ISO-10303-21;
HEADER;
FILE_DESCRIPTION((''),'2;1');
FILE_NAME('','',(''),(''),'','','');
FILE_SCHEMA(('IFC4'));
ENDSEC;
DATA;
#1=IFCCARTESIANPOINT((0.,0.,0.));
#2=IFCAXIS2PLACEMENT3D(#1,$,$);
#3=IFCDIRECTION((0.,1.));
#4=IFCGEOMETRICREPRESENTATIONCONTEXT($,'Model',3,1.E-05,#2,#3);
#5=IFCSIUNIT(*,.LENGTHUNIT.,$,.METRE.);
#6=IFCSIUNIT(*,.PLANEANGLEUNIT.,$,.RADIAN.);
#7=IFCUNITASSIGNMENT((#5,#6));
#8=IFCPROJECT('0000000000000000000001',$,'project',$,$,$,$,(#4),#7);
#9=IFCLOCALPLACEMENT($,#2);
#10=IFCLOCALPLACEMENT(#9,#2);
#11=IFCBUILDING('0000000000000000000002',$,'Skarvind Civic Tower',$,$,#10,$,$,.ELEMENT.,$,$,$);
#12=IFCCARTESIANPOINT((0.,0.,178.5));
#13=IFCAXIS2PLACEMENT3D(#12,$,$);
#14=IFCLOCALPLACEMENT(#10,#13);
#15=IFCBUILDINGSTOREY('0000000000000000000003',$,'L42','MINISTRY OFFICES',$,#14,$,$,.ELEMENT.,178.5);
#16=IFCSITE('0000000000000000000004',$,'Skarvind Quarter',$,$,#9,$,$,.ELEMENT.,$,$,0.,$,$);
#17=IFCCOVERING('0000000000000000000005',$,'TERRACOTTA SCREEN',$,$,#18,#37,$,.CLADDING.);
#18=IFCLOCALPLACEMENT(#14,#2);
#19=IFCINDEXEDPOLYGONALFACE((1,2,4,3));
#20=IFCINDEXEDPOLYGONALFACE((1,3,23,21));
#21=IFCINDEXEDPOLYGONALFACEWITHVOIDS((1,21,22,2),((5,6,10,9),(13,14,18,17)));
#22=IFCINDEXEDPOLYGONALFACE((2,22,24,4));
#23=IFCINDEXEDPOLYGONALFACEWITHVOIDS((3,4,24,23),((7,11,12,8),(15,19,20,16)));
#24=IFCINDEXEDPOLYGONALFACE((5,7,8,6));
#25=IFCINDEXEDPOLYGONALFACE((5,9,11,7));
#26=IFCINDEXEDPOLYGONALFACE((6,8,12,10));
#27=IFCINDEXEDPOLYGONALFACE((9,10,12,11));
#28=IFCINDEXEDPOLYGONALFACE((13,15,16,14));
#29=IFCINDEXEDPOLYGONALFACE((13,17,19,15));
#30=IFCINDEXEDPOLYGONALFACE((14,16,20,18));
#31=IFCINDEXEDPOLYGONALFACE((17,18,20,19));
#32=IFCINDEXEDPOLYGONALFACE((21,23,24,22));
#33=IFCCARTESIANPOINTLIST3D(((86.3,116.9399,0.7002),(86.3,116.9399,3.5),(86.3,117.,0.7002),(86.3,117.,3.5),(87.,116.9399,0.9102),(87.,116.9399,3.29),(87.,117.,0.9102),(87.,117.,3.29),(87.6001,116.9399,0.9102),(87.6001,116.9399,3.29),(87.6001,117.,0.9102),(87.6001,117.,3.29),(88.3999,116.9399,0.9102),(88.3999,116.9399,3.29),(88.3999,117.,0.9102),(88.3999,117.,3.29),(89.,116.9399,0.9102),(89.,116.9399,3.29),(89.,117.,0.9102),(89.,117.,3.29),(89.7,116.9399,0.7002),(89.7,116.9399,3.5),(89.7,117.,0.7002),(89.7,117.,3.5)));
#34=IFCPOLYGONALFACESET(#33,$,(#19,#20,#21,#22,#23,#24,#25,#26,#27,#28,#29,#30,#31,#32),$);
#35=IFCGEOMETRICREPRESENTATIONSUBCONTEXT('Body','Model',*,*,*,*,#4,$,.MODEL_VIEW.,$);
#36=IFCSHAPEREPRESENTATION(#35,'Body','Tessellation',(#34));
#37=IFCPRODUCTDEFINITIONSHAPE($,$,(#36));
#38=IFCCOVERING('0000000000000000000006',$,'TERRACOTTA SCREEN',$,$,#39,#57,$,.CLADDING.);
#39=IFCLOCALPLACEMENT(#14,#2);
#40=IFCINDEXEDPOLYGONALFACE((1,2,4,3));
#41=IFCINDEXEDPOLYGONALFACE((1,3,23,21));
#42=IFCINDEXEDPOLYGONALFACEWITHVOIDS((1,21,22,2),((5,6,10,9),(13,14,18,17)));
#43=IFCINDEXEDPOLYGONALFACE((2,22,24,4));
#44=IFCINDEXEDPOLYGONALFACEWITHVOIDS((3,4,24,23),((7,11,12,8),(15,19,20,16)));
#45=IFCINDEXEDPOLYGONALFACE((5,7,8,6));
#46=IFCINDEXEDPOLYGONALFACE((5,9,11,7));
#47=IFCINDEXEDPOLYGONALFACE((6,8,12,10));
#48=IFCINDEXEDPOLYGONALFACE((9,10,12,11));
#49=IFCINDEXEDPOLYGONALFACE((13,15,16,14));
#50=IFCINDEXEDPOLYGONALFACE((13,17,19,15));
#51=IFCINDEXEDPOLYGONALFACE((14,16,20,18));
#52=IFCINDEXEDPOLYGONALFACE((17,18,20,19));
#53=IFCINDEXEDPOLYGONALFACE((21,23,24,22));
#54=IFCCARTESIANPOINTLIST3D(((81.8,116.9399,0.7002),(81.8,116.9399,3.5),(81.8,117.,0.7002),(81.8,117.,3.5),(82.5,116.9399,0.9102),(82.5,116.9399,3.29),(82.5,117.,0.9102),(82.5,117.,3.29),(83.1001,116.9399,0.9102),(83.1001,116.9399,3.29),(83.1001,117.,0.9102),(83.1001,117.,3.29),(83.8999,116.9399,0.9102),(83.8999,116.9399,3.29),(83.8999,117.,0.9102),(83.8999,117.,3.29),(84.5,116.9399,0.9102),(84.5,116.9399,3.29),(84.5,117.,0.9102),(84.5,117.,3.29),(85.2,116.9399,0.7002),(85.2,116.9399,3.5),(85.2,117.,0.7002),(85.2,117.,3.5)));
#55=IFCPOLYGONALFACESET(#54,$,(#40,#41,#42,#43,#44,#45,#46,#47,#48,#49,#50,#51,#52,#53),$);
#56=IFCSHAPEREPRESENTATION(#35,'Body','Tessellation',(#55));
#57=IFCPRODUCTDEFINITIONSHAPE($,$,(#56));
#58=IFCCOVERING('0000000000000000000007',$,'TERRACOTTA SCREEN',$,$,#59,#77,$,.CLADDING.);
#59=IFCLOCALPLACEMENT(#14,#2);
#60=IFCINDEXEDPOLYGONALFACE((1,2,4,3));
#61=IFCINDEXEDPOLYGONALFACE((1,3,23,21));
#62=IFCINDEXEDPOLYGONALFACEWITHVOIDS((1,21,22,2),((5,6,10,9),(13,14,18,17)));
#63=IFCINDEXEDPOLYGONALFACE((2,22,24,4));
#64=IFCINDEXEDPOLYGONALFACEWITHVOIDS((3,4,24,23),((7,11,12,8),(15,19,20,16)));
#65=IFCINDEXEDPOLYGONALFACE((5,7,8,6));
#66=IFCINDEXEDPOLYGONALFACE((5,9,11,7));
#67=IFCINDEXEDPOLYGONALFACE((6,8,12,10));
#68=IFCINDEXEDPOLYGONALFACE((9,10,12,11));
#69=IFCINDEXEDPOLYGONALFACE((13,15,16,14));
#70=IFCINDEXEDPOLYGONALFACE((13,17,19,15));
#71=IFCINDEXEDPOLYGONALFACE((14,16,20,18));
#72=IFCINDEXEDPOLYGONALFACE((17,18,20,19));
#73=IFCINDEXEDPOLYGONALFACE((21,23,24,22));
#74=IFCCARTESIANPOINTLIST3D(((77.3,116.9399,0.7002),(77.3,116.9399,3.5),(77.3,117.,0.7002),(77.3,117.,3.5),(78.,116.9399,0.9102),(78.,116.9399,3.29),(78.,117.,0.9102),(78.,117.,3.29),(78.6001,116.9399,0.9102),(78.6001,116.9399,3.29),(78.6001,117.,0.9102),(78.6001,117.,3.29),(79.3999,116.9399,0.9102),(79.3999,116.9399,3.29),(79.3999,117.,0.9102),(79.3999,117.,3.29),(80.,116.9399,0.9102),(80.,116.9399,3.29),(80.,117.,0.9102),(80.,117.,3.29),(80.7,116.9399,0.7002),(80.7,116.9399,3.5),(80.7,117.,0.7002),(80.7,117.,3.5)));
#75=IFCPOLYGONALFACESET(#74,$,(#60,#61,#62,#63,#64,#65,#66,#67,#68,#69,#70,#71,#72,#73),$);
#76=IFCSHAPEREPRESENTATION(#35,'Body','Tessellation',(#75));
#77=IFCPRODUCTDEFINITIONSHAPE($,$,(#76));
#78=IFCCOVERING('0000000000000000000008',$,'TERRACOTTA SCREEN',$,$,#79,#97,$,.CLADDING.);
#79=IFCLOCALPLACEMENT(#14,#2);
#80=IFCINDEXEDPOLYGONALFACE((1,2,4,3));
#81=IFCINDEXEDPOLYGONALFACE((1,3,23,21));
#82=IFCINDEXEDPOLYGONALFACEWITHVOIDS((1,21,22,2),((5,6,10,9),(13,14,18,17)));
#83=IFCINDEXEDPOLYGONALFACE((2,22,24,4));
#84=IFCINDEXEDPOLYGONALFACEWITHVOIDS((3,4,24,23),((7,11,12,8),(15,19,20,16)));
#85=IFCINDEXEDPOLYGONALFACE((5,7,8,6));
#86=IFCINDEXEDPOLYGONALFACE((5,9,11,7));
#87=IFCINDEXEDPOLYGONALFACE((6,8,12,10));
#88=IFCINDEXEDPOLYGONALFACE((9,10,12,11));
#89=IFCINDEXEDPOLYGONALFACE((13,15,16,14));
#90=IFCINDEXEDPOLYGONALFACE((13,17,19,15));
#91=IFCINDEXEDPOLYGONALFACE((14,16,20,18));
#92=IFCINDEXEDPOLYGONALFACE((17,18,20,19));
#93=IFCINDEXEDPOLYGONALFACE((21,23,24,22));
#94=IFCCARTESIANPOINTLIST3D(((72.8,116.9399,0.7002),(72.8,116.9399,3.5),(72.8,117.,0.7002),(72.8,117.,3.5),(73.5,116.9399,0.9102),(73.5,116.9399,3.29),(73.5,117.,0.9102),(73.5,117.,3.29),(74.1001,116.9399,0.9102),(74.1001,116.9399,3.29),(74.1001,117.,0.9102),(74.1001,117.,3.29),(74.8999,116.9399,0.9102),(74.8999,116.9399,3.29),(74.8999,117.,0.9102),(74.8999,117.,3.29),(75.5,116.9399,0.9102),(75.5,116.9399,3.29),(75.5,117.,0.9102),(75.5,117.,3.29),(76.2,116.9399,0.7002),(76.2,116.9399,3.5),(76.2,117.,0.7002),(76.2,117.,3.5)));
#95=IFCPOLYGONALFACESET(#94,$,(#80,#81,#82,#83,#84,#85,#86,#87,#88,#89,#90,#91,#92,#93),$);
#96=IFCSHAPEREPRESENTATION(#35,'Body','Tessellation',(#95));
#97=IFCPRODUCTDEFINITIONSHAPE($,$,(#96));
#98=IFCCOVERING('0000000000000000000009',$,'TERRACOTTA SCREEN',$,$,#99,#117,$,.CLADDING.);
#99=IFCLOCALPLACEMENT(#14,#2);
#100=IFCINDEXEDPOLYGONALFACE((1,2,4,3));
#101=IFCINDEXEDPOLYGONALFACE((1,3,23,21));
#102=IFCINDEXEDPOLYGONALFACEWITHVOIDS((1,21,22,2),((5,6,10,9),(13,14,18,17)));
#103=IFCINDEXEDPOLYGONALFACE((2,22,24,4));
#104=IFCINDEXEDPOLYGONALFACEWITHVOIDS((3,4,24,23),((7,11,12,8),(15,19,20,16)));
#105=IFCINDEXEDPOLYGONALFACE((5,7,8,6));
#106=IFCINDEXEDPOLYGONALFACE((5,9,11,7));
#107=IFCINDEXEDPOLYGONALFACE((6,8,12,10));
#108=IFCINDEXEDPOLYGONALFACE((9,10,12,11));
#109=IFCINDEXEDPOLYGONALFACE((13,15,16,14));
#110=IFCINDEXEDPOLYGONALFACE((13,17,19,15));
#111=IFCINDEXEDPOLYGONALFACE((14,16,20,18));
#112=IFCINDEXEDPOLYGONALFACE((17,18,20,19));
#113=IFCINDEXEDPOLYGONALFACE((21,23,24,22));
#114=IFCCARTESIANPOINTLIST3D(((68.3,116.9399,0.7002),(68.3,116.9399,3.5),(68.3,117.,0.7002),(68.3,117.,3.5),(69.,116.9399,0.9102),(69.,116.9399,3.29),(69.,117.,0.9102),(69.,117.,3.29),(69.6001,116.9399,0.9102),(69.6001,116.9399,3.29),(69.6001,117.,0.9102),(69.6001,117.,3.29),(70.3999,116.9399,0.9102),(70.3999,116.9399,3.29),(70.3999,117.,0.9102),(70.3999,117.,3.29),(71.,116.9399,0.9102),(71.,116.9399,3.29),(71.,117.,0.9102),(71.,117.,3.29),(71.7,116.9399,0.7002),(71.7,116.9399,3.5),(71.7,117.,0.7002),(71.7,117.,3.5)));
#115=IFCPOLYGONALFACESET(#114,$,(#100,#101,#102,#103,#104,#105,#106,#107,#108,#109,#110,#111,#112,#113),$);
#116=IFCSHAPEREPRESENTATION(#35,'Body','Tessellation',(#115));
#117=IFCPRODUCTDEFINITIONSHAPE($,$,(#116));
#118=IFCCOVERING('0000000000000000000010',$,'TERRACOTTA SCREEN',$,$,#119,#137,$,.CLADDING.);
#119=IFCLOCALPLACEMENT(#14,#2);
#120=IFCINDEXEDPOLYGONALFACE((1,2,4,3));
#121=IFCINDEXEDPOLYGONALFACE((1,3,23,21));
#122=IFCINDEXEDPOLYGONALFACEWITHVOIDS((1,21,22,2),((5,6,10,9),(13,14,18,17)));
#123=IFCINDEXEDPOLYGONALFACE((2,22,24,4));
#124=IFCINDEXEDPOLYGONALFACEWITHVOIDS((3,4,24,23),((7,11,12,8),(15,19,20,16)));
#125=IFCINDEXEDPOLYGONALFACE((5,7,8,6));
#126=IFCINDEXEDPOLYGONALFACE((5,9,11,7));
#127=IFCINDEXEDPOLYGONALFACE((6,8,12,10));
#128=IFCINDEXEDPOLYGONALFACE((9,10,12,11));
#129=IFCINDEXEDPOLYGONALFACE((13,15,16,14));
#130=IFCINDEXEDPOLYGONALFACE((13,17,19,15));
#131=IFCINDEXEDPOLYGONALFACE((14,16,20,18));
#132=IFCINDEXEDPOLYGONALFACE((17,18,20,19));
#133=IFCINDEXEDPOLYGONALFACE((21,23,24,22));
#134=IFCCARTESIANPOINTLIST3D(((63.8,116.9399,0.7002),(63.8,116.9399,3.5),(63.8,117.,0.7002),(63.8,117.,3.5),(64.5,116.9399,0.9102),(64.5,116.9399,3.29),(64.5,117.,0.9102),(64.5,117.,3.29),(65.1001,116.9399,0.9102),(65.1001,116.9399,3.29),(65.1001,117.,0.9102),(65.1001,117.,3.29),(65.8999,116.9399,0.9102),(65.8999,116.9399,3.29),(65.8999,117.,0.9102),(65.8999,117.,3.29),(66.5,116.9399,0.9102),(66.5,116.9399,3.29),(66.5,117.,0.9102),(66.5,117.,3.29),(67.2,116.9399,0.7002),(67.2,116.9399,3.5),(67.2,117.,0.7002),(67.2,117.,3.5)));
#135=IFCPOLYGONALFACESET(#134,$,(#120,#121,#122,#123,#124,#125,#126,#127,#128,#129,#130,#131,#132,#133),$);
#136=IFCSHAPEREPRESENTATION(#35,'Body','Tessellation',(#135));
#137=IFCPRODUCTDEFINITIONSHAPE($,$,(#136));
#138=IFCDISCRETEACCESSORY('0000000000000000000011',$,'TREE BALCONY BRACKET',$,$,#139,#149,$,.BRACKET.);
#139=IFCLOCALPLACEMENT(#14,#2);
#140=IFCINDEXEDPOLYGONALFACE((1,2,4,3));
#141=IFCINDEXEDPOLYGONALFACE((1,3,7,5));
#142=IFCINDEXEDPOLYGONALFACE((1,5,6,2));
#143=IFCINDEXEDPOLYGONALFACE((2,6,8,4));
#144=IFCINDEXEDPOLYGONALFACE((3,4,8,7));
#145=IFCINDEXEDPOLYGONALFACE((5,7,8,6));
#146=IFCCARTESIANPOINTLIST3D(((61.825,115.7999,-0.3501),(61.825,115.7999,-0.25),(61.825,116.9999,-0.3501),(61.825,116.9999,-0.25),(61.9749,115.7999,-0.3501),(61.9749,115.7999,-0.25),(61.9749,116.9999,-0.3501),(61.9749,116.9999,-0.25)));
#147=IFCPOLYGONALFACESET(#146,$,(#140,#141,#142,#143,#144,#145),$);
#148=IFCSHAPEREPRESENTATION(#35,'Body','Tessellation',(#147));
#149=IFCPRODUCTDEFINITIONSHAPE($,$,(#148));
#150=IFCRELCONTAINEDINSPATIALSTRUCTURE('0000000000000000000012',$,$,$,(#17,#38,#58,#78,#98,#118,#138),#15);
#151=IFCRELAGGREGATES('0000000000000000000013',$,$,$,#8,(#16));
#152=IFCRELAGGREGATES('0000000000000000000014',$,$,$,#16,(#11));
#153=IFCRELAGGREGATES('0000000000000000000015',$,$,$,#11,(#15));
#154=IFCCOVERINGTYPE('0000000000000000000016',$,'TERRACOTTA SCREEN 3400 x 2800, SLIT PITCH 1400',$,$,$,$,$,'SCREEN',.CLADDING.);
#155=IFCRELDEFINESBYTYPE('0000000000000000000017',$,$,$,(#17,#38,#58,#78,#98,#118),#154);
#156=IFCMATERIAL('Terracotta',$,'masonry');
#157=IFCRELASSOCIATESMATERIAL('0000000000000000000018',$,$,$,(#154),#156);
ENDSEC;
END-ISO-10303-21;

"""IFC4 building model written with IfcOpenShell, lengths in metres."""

from ifc_helpers import new_model, si_unit, direction, frame, origin, origin_2d, place, context, subcontext, project, spatial, polyline, rectangle, outline, extrude, material, material_profile, profile_set, type_object, element, save


model = new_model("IFC4")

# Units and contexts
model_context = context("Model", 3, precision=1e-05, world=origin(), true_north=direction((0.0, 1.0)))
body_context = subcontext(model_context, "Body", "Model", "MODEL_VIEW")
ifc_project = project(units=[si_unit("LENGTHUNIT", "METRE"), si_unit("PLANEANGLEUNIT", "RADIAN")], contexts=[model_context])

# Site, building, storey
site_placement = place(None, origin())
site = spatial("IfcSite", under=ifc_project, at=site_placement, Name="Skarvind Quarter", CompositionType="ELEMENT", RefElevation=0.0)
building_placement = place(site_placement, origin())
building = spatial("IfcBuilding", under=site, at=building_placement, Name="Skarvind Civic Tower", CompositionType="ELEMENT")
storey_placement = place(building_placement, frame((0.0, 0.0, 178.5)))
storey = spatial("IfcBuildingStorey", under=building, at=storey_placement, Name="L42", Description="MINISTRY OFFICES", CompositionType="ELEMENT", Elevation=178.5)

# Coverings
ifc_material_1 = material(Name="Terracotta", Category="masonry")
ifc_material_profile_1 = material_profile(ifc_material_1, outline(polyline([(-1.7, -1.3999), (1.7, -1.3999), (1.7, 1.3999), (-1.7, 1.3999), (-1.7, -1.3999)]), holes=[polyline([(-1.0, -1.1899), (-0.3999, -1.1899), (-0.3999, 1.1899), (-1.0, 1.1899), (-1.0, -1.1899)]), polyline([(0.3999, -1.1899), (1.0, -1.1899), (1.0, 1.1899), (0.3999, 1.1899), (0.3999, -1.1899)])]), Name="TERRACOTTA SCREEN 3400 x 2800, SLIT PITCH 1400")
ifc_profile_set_1 = profile_set([ifc_material_profile_1], Name="Terracotta")
covering_type = type_object("IfcCoveringType", Name="TERRACOTTA SCREEN 3400 x 2800, SLIT PITCH 1400", ElementType="SCREEN", PredefinedType="CLADDING", material=ifc_profile_set_1)
for number, where, z_axis, x_axis, name in (
    (1, (88.0, 117.0, 2.1001), (0.0, -1.0, 0.0), (1.0, 0.0, 0.0), "TERRACOTTA SCREEN"),
    (2, (83.5, 117.0, 2.1001), (0.0, -1.0, 0.0), (1.0, 0.0, 0.0), "TERRACOTTA SCREEN"),
    (3, (79.0, 117.0, 2.1001), (0.0, -1.0, 0.0), (1.0, 0.0, 0.0), "TERRACOTTA SCREEN"),
    (4, (74.5, 117.0, 2.1001), (0.0, -1.0, 0.0), (1.0, 0.0, 0.0), "TERRACOTTA SCREEN"),
    (5, (70.0, 117.0, 2.1001), (0.0, -1.0, 0.0), (1.0, 0.0, 0.0), "TERRACOTTA SCREEN"),
    (6, (65.5, 117.0, 2.1001), (0.0, -1.0, 0.0), (1.0, 0.0, 0.0), "TERRACOTTA SCREEN"),
):
    element("IfcCovering", number, at=place(storey_placement, frame(where, z_axis=z_axis, x_axis=x_axis)), inside=storey, type_object=covering_type, Name=name, PredefinedType="CLADDING", context=body_context, shape_type="SweptSolid", body=[
        extrude(outline(polyline([(-1.7, -1.3999), (1.7, -1.3999), (1.7, 1.3999), (-1.7, 1.3999), (-1.7, -1.3999)]), holes=[polyline([(-1.0, -1.1899), (-0.3999, -1.1899), (-0.3999, 1.1899), (-1.0, 1.1899), (-1.0, -1.1899)]), polyline([(0.3999, -1.1899), (1.0, -1.1899), (1.0, 1.1899), (0.3999, 1.1899), (0.3999, -1.1899)])]), origin(), (0.0, 0.0, 1.0), 0.0601),
    ])

# Discrete accessory
discrete_accessory_placement = place(storey_placement, frame((61.8999, 116.3999, -0.3501), z_axis=(0.0, 0.0, 1.0), x_axis=(-1.0, 0.0, 0.0)))
element("IfcDiscreteAccessory", 7, at=discrete_accessory_placement, inside=storey, Name="TREE BALCONY BRACKET", PredefinedType="BRACKET", context=body_context, shape_type="SweptSolid", body=[
    extrude(rectangle(XDim=0.1499, YDim=1.2, at=origin_2d()), origin(), (0.0, 0.0, 1.0), 0.1001),
])

save(model, "model.ifc")
